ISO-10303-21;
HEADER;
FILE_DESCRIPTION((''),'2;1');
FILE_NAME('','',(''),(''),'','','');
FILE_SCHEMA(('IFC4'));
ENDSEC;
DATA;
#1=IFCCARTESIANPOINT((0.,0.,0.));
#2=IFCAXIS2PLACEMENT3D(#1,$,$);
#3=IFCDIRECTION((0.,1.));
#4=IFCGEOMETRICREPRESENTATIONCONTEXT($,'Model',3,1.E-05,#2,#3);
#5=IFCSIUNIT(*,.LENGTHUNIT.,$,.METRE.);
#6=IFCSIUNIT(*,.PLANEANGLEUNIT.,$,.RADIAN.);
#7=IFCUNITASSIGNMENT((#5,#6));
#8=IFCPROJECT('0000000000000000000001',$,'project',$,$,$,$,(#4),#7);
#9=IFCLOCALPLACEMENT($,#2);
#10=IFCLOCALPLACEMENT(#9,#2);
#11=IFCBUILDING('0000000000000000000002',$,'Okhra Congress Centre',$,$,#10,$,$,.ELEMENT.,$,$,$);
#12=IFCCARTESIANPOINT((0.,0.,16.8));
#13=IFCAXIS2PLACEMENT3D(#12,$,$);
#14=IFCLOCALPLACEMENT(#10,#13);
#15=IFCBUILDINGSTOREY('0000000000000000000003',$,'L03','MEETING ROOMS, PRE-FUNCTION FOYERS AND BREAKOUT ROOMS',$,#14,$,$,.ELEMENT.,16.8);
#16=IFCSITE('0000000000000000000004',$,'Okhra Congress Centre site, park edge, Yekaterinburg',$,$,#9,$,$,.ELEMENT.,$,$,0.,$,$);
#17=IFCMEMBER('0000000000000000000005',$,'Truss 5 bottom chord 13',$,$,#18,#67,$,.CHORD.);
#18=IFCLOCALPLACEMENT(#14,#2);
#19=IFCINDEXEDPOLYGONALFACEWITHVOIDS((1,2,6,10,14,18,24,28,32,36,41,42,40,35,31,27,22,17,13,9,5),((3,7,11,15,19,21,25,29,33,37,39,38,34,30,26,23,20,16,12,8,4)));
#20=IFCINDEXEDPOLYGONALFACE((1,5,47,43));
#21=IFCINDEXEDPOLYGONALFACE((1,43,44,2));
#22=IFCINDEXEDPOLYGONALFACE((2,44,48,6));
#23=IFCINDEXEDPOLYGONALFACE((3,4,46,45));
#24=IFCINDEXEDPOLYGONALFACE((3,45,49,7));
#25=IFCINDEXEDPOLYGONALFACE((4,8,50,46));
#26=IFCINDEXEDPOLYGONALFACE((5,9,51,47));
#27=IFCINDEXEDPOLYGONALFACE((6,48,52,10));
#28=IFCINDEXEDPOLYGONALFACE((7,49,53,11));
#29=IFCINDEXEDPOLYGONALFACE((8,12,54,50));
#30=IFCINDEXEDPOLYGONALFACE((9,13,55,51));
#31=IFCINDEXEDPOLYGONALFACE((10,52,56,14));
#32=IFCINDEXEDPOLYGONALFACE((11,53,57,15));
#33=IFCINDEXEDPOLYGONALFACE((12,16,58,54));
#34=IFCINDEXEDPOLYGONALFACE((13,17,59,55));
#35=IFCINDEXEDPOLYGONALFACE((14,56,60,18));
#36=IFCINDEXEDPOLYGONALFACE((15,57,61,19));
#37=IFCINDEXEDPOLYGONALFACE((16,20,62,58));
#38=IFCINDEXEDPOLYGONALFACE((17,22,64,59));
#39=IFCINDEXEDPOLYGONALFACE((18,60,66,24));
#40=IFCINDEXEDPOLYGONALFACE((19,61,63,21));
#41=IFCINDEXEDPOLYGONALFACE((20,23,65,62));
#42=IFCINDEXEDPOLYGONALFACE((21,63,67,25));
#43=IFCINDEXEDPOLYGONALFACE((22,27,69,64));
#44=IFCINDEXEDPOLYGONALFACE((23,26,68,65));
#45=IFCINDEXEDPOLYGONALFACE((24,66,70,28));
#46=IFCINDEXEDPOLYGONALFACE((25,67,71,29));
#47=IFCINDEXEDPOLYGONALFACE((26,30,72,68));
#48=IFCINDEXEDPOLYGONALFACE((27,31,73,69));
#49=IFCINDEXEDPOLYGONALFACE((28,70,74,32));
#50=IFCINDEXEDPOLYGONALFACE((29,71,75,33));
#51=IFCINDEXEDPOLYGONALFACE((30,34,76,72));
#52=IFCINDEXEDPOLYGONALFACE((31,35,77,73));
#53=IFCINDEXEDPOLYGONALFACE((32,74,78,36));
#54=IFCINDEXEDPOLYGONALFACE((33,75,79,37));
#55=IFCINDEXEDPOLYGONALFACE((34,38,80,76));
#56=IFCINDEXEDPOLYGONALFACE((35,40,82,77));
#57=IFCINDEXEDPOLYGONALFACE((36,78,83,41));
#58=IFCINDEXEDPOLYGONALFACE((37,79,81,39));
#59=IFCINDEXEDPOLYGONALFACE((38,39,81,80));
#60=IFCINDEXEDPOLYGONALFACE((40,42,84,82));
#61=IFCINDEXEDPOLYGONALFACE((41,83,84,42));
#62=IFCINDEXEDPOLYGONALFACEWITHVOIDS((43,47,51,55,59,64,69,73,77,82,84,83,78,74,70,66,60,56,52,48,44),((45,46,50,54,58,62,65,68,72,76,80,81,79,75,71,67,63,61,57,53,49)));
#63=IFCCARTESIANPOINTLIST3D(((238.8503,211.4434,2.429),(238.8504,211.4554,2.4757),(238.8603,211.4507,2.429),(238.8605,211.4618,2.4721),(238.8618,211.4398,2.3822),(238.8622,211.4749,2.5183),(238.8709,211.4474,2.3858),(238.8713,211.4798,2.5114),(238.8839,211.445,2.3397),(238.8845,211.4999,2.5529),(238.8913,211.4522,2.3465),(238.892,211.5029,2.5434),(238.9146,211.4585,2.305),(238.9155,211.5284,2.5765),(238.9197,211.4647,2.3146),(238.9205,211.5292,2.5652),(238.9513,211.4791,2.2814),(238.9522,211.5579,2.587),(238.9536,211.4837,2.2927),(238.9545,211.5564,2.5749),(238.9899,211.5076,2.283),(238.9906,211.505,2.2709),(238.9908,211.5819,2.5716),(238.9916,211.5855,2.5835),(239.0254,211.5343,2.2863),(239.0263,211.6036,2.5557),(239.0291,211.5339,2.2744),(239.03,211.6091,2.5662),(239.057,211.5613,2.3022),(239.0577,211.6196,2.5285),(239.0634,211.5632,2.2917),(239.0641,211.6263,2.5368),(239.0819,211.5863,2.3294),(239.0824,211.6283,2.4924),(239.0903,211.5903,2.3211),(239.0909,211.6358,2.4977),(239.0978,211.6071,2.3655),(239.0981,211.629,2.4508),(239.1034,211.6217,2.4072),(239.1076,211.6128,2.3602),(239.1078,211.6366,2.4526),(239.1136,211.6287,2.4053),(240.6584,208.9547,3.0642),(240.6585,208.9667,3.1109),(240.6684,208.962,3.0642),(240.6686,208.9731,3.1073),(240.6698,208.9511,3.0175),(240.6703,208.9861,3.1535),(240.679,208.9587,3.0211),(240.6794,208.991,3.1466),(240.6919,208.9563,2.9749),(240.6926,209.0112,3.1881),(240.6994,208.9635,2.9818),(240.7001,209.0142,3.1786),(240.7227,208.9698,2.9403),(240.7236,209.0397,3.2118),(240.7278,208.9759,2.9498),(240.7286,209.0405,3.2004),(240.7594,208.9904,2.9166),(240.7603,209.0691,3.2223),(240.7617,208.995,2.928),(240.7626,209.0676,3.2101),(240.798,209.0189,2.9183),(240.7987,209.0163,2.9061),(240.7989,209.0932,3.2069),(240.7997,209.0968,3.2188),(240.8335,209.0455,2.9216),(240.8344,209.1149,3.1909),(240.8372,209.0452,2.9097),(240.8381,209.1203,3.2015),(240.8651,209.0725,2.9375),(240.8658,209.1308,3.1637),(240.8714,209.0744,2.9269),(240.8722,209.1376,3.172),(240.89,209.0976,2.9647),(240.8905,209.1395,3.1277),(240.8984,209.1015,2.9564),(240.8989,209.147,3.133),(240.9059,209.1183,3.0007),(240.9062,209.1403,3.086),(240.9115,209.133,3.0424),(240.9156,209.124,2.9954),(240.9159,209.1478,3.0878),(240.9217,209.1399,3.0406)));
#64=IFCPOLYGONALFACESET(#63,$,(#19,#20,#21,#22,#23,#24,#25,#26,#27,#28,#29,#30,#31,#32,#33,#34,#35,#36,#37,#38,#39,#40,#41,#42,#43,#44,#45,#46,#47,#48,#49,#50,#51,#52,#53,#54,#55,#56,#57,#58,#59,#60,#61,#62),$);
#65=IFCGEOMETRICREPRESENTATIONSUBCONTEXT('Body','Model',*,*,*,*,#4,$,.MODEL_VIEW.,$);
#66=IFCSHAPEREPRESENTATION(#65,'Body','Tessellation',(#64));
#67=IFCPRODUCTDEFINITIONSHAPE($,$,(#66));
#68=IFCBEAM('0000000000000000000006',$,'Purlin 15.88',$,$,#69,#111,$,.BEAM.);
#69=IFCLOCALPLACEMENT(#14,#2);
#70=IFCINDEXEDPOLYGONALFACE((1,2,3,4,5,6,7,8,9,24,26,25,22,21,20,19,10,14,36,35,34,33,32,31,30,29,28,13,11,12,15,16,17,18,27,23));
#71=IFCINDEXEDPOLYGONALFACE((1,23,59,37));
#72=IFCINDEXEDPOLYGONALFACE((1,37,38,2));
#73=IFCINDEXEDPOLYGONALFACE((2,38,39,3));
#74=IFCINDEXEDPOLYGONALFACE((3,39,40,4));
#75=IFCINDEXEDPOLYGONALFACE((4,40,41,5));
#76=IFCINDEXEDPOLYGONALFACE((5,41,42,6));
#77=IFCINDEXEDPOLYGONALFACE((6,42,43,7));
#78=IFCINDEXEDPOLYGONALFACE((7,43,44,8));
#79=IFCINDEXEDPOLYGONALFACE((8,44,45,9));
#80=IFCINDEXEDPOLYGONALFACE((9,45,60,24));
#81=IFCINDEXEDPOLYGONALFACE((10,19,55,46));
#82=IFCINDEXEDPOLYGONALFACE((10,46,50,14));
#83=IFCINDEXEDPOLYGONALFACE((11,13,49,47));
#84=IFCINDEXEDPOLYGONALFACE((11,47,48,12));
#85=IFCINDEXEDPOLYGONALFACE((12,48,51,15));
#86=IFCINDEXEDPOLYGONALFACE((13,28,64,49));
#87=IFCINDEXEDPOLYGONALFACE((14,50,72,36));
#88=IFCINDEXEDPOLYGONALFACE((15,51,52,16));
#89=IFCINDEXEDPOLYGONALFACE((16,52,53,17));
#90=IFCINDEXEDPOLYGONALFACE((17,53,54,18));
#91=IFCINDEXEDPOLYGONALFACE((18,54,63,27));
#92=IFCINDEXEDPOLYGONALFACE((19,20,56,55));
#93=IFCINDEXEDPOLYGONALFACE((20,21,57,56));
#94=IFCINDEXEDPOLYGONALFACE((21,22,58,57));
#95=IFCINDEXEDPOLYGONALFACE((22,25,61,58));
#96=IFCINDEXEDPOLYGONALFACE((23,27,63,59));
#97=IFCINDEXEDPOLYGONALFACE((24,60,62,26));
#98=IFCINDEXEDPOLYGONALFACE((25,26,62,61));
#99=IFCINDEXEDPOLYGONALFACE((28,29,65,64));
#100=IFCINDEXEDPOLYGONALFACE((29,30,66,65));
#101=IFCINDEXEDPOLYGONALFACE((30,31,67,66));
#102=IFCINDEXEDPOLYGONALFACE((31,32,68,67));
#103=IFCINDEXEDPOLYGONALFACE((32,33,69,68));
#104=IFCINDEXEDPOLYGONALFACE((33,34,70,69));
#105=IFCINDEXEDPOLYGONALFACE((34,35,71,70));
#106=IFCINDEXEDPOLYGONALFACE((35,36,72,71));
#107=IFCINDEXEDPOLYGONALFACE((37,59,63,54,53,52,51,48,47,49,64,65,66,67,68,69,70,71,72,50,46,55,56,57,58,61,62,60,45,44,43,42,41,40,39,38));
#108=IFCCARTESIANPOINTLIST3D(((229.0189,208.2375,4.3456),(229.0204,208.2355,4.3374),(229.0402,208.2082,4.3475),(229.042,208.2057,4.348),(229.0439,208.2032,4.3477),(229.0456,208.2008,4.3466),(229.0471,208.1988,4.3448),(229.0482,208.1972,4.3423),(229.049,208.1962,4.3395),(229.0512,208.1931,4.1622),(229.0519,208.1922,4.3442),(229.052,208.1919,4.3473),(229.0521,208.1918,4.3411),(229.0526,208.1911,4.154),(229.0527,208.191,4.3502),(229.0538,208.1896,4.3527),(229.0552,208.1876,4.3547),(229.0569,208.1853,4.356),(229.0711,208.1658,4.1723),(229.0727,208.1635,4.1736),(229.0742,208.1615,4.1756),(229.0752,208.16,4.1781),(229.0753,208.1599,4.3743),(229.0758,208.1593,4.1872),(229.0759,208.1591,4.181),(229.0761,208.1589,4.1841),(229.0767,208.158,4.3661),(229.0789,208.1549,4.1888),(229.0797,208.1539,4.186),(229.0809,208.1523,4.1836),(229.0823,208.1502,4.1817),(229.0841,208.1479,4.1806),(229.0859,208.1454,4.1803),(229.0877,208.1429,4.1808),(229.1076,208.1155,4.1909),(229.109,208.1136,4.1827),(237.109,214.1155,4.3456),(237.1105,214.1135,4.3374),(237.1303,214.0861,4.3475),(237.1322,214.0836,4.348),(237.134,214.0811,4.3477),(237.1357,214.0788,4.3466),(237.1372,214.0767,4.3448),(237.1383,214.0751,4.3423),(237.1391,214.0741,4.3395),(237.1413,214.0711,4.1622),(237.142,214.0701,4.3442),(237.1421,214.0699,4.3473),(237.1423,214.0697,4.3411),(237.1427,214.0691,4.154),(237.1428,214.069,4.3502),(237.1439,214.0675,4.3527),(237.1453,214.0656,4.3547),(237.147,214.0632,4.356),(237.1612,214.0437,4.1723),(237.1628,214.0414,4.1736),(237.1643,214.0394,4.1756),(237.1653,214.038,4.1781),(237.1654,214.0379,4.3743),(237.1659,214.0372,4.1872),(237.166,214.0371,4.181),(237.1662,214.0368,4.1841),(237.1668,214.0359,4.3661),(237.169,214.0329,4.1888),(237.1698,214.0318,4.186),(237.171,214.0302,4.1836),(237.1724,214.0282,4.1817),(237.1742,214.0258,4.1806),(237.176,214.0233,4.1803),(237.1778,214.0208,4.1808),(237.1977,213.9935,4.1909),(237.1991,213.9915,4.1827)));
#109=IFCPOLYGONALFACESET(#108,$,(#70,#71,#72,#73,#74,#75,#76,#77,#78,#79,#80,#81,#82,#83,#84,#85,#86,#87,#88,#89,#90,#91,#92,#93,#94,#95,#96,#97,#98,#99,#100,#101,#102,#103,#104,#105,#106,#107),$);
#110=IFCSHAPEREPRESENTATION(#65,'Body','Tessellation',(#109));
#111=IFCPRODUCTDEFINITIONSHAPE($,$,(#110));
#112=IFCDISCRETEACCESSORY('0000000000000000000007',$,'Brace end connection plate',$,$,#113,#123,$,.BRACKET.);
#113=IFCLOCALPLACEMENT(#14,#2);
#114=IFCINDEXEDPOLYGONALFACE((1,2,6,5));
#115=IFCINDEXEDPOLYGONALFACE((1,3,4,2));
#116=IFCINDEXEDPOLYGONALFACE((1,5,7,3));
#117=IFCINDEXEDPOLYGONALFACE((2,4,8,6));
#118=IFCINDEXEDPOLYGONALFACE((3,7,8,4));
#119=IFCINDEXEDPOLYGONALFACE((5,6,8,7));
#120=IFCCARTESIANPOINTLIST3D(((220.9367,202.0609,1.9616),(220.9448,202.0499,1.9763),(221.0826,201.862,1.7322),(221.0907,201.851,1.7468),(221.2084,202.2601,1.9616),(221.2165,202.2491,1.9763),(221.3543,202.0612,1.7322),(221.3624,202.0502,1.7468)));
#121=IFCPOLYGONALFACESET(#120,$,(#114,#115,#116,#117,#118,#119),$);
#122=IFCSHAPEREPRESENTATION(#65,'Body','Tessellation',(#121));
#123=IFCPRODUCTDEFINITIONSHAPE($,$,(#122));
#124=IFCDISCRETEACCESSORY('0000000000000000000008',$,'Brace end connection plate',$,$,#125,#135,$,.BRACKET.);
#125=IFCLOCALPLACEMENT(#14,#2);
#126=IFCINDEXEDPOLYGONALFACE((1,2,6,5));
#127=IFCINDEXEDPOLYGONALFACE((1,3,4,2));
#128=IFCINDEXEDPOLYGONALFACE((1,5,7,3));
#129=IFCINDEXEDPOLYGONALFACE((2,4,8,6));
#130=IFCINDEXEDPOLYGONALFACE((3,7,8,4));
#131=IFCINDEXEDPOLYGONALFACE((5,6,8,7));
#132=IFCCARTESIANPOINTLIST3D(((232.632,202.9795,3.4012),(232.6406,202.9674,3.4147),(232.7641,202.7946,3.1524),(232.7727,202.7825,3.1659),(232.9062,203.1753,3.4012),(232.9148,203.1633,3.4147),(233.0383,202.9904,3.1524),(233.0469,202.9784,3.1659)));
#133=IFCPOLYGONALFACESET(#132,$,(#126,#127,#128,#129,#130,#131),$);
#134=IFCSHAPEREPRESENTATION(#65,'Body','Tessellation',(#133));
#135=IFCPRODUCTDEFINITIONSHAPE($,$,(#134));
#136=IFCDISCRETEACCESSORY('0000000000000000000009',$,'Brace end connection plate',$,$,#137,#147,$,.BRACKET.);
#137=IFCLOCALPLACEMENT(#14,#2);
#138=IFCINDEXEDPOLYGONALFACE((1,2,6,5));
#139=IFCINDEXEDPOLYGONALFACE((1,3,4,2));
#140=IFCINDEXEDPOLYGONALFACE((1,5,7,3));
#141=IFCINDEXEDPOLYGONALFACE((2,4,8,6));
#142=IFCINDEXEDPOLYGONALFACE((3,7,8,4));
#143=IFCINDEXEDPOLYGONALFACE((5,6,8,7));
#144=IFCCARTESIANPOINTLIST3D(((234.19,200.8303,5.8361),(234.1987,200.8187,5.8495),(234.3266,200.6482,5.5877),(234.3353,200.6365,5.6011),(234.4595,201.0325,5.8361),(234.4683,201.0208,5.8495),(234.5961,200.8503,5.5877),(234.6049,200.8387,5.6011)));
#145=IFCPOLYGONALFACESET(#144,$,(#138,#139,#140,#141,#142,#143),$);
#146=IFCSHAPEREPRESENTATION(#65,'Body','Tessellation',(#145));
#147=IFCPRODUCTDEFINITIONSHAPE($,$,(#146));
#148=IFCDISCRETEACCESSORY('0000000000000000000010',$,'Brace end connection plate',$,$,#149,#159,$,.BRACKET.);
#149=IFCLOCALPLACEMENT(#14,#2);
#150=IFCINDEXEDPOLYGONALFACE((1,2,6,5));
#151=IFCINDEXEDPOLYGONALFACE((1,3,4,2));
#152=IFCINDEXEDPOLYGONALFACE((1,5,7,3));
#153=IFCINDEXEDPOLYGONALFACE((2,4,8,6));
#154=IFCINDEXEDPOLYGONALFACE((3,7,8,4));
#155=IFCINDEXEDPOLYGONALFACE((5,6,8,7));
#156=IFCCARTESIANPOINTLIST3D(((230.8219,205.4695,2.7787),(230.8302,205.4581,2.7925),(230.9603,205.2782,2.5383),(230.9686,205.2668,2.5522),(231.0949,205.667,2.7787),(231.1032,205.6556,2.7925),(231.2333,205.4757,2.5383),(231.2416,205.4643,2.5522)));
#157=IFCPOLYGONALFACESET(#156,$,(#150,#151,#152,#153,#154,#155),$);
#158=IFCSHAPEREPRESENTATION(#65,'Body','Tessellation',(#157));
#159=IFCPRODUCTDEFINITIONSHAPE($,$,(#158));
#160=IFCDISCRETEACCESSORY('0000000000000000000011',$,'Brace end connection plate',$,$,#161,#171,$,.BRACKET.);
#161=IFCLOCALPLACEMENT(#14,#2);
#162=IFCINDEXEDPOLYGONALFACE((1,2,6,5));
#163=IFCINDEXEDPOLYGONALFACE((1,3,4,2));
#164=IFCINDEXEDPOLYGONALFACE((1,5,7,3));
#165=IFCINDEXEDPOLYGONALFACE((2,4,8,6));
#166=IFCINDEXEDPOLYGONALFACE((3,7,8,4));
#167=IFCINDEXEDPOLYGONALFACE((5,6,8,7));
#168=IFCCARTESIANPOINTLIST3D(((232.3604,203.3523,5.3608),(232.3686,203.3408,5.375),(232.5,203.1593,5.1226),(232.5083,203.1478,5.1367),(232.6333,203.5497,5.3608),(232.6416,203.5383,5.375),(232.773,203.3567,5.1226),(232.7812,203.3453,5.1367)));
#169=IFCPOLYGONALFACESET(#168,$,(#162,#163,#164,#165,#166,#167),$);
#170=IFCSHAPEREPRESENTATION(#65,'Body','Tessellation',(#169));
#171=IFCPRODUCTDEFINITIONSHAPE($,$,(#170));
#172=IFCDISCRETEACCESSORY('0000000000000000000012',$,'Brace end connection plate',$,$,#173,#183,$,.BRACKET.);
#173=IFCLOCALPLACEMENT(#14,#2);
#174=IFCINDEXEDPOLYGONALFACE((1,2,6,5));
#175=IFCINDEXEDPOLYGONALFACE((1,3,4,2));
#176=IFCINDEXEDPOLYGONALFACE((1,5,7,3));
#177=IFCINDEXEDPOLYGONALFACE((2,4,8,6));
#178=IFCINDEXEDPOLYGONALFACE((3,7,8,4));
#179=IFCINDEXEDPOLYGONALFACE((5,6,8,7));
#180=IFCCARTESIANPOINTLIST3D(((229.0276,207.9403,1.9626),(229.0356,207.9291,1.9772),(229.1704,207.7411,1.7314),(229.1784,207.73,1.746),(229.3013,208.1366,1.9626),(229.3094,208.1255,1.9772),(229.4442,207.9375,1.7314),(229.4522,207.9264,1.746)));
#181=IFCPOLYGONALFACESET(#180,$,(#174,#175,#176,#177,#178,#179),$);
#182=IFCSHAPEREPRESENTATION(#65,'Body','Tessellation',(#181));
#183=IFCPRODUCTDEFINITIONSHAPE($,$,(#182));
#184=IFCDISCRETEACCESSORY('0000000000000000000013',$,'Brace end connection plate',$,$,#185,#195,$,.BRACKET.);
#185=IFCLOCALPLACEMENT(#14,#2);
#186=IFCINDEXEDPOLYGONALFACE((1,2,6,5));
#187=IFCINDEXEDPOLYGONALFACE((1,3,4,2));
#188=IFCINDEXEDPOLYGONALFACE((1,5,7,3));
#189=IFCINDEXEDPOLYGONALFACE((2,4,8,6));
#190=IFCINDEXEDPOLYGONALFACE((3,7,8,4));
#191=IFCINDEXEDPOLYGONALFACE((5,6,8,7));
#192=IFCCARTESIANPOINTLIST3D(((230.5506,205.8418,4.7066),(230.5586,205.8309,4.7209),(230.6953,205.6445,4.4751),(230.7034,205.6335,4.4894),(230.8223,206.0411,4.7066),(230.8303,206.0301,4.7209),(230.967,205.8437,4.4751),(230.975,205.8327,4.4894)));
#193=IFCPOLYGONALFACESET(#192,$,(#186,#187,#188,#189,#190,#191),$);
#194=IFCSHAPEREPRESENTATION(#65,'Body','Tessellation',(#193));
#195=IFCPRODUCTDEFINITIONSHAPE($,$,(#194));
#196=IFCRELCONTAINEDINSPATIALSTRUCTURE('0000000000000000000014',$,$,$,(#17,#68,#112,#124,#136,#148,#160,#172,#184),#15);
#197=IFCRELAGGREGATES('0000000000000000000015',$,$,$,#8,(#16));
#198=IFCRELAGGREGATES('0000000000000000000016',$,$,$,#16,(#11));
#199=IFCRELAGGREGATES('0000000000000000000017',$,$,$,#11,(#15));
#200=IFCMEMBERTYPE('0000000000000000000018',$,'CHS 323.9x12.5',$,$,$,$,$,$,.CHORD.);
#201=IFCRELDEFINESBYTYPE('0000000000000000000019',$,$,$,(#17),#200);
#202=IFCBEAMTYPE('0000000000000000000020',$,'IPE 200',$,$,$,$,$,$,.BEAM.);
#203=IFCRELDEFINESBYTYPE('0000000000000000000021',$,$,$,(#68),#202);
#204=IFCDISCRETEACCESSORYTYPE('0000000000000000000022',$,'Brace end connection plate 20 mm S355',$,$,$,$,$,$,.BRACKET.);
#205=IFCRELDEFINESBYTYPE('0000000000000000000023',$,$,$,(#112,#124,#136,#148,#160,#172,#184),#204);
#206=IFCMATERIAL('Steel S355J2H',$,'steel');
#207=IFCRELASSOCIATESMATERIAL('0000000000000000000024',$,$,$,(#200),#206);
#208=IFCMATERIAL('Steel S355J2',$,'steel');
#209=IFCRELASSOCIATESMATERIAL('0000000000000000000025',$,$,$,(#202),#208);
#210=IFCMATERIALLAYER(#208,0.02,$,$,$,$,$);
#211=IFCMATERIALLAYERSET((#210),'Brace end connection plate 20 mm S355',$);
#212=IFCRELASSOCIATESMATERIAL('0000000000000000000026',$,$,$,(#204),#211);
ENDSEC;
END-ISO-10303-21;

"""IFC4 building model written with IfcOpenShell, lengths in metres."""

from ifc_helpers import new_model, si_unit, direction, frame, origin, origin_2d, place, context, subcontext, project, spatial, rectangle, hollow_circle, i_section, extrude, material, layer, layer_set, material_profile, profile_set, type_object, element, save


model = new_model("IFC4")

# Units and contexts
model_context = context("Model", 3, precision=1e-05, world=origin(), true_north=direction((0.0, 1.0)))
body_context = subcontext(model_context, "Body", "Model", "MODEL_VIEW")
ifc_project = project(units=[si_unit("LENGTHUNIT", "METRE"), si_unit("PLANEANGLEUNIT", "RADIAN")], contexts=[model_context])

# Site, building, storey
site_placement = place(None, origin())
site = spatial("IfcSite", under=ifc_project, at=site_placement, Name="Okhra Congress Centre site, park edge, Yekaterinburg", CompositionType="ELEMENT", RefElevation=0.0)
building_placement = place(site_placement, origin())
building = spatial("IfcBuilding", under=site, at=building_placement, Name="Okhra Congress Centre", CompositionType="ELEMENT")
storey_placement = place(building_placement, frame((0.0, 0.0, 16.8)))
storey = spatial("IfcBuildingStorey", under=building, at=storey_placement, Name="L03", Description="MEETING ROOMS, PRE-FUNCTION FOYERS AND BREAKOUT ROOMS", CompositionType="ELEMENT", Elevation=16.8)

# Member
ifc_material_1 = material(Name="Steel S355J2H", Category="steel")
ifc_material_profile_1 = material_profile(ifc_material_1, hollow_circle(Radius=0.1619, WallThickness=0.0125, at=origin_2d()), Name="CHS 323.9x12.5")
ifc_profile_set_1 = profile_set([ifc_material_profile_1], Name="Steel S355J2H")
member_type_1 = type_object("IfcMemberType", Name="CHS 323.9x12.5", PredefinedType="CHORD", material=ifc_profile_set_1)
for number, where, z_axis, x_axis, name in (
    (1, (240.7893, 209.0498, 3.0642), (-0.575621, 0.792314, -0.202237), (-0.809031, -0.587766, 0.0), "Truss 5 bottom chord 13"),
):
    element("IfcMember", number, at=place(storey_placement, frame(where, z_axis=z_axis, x_axis=x_axis)), inside=storey, type_object=member_type_1, Name=name, PredefinedType="CHORD", context=body_context, shape_type="SweptSolid", body=[
        extrude(hollow_circle(Radius=0.1619, WallThickness=0.0125, at=origin_2d()), origin(), (0.0, 0.0, 1.0), 3.1411),
    ])

# Beam
ifc_material_2 = material(Name="Steel S355J2", Category="steel")
ifc_material_profile_2 = material_profile(ifc_material_2, i_section(OverallWidth=0.1001, OverallDepth=0.2, WebThickness=0.0056, FlangeThickness=0.0085, FilletRadius=0.012, at=origin_2d()), Name="IPE 200")
ifc_profile_set_2 = profile_set([ifc_material_profile_2], Name="Steel S355J2")
beam_type = type_object("IfcBeamType", Name="IPE 200", PredefinedType="BEAM", material=ifc_profile_set_2)
beam_placement = place(storey_placement, frame((229.064, 208.1755, 4.2642), z_axis=(0.80901, 0.587794, 0.0), x_axis=(-0.563101, 0.775024, -0.286803)))
element("IfcBeam", 2, at=beam_placement, inside=storey, type_object=beam_type, Name="Purlin 15.88", PredefinedType="BEAM", context=body_context, shape_type="SweptSolid", body=[
    extrude(i_section(OverallWidth=0.1001, OverallDepth=0.2, WebThickness=0.0056, FlangeThickness=0.0085, FilletRadius=0.012, at=origin_2d()), origin(), (0.0, 0.0, 1.0), 10.0),
])

# Discrete accessories
ifc_layer = layer(ifc_material_2, 0.02)
ifc_layer_set = layer_set([ifc_layer], Name="Brace end connection plate 20 mm S355")
discrete_accessory_type = type_object("IfcDiscreteAccessoryType", Name="Brace end connection plate 20 mm S355", PredefinedType="BRACKET", material=ifc_layer_set)
for number, where, z_axis, x_axis, name in (
    (3, (221.1536, 202.05, 1.8616), (-0.402739, 0.549189, -0.732252), (-0.806405, -0.591364, 0.0), "Brace end connection plate"),
    (4, (232.8438, 202.9729, 3.2903), (-0.429165, 0.600831, -0.674403), (-0.813733, -0.581238, 0.0), "Brace end connection plate"),
):
    element("IfcDiscreteAccessory", number, at=place(storey_placement, frame(where, z_axis=z_axis, x_axis=x_axis)), inside=storey, type_object=discrete_accessory_type, Name=name, PredefinedType="BRACKET", context=body_context, shape_type="SweptSolid", body=[
        extrude(rectangle(XDim=0.3369, YDim=0.3369, at=origin_2d()), origin(), (0.0, 0.0, 1.0), 0.02),
    ])
for number, where, z_axis, x_axis, name in (
    (5, (234.3931, 200.8403, 5.7119), (0.442292, -0.589723, 0.675725), (0.8, 0.6, 0.0), "Brace end connection plate"),
    (6, (231.0359, 205.4612, 2.6724), (-0.418068, 0.577917, -0.700879), (-0.810224, -0.58612, 0.0), "Brace end connection plate"),
):
    element("IfcDiscreteAccessory", number, at=place(storey_placement, frame(where, z_axis=z_axis, x_axis=x_axis)), inside=storey, type_object=discrete_accessory_type, Name=name, PredefinedType="BRACKET", context=body_context, shape_type="SweptSolid", body=[
        extrude(rectangle(XDim=0.3369, YDim=0.3369, at=origin_2d()), origin(), (0.0, 0.0, 1.0), 0.0198),
    ])
for number, where, z_axis, x_axis, name in (
    (7, (232.5667, 203.3545, 5.2417), (0.41448, -0.572958, 0.707054), (0.810224, 0.58612, 0.0), "Brace end connection plate"),
    (8, (229.2439, 207.9277, 1.8616), (-0.400037, 0.557627, -0.72734), (-0.812538, -0.582908, 0.0), "Brace end connection plate"),
):
    element("IfcDiscreteAccessory", number, at=place(storey_placement, frame(where, z_axis=z_axis, x_axis=x_axis)), inside=storey, type_object=discrete_accessory_type, Name=name, PredefinedType="BRACKET", context=body_context, shape_type="SweptSolid", body=[
        extrude(rectangle(XDim=0.3369, YDim=0.3369, at=origin_2d()), origin(), (0.0, 0.0, 1.0), 0.02),
    ])
discrete_accessory_1_placement = place(storey_placement, frame((230.7588, 205.8428, 4.5908), z_axis=(0.406356, -0.554122, 0.726515), x_axis=(0.806405, 0.591364, 0.0)))
element("IfcDiscreteAccessory", 9, at=discrete_accessory_1_placement, inside=storey, type_object=discrete_accessory_type, Name="Brace end connection plate", PredefinedType="BRACKET", context=body_context, shape_type="SweptSolid", body=[
    extrude(rectangle(XDim=0.3369, YDim=0.3369, at=origin_2d()), origin(), (0.0, 0.0, 1.0), 0.0198),
])

save(model, "model.ifc")
